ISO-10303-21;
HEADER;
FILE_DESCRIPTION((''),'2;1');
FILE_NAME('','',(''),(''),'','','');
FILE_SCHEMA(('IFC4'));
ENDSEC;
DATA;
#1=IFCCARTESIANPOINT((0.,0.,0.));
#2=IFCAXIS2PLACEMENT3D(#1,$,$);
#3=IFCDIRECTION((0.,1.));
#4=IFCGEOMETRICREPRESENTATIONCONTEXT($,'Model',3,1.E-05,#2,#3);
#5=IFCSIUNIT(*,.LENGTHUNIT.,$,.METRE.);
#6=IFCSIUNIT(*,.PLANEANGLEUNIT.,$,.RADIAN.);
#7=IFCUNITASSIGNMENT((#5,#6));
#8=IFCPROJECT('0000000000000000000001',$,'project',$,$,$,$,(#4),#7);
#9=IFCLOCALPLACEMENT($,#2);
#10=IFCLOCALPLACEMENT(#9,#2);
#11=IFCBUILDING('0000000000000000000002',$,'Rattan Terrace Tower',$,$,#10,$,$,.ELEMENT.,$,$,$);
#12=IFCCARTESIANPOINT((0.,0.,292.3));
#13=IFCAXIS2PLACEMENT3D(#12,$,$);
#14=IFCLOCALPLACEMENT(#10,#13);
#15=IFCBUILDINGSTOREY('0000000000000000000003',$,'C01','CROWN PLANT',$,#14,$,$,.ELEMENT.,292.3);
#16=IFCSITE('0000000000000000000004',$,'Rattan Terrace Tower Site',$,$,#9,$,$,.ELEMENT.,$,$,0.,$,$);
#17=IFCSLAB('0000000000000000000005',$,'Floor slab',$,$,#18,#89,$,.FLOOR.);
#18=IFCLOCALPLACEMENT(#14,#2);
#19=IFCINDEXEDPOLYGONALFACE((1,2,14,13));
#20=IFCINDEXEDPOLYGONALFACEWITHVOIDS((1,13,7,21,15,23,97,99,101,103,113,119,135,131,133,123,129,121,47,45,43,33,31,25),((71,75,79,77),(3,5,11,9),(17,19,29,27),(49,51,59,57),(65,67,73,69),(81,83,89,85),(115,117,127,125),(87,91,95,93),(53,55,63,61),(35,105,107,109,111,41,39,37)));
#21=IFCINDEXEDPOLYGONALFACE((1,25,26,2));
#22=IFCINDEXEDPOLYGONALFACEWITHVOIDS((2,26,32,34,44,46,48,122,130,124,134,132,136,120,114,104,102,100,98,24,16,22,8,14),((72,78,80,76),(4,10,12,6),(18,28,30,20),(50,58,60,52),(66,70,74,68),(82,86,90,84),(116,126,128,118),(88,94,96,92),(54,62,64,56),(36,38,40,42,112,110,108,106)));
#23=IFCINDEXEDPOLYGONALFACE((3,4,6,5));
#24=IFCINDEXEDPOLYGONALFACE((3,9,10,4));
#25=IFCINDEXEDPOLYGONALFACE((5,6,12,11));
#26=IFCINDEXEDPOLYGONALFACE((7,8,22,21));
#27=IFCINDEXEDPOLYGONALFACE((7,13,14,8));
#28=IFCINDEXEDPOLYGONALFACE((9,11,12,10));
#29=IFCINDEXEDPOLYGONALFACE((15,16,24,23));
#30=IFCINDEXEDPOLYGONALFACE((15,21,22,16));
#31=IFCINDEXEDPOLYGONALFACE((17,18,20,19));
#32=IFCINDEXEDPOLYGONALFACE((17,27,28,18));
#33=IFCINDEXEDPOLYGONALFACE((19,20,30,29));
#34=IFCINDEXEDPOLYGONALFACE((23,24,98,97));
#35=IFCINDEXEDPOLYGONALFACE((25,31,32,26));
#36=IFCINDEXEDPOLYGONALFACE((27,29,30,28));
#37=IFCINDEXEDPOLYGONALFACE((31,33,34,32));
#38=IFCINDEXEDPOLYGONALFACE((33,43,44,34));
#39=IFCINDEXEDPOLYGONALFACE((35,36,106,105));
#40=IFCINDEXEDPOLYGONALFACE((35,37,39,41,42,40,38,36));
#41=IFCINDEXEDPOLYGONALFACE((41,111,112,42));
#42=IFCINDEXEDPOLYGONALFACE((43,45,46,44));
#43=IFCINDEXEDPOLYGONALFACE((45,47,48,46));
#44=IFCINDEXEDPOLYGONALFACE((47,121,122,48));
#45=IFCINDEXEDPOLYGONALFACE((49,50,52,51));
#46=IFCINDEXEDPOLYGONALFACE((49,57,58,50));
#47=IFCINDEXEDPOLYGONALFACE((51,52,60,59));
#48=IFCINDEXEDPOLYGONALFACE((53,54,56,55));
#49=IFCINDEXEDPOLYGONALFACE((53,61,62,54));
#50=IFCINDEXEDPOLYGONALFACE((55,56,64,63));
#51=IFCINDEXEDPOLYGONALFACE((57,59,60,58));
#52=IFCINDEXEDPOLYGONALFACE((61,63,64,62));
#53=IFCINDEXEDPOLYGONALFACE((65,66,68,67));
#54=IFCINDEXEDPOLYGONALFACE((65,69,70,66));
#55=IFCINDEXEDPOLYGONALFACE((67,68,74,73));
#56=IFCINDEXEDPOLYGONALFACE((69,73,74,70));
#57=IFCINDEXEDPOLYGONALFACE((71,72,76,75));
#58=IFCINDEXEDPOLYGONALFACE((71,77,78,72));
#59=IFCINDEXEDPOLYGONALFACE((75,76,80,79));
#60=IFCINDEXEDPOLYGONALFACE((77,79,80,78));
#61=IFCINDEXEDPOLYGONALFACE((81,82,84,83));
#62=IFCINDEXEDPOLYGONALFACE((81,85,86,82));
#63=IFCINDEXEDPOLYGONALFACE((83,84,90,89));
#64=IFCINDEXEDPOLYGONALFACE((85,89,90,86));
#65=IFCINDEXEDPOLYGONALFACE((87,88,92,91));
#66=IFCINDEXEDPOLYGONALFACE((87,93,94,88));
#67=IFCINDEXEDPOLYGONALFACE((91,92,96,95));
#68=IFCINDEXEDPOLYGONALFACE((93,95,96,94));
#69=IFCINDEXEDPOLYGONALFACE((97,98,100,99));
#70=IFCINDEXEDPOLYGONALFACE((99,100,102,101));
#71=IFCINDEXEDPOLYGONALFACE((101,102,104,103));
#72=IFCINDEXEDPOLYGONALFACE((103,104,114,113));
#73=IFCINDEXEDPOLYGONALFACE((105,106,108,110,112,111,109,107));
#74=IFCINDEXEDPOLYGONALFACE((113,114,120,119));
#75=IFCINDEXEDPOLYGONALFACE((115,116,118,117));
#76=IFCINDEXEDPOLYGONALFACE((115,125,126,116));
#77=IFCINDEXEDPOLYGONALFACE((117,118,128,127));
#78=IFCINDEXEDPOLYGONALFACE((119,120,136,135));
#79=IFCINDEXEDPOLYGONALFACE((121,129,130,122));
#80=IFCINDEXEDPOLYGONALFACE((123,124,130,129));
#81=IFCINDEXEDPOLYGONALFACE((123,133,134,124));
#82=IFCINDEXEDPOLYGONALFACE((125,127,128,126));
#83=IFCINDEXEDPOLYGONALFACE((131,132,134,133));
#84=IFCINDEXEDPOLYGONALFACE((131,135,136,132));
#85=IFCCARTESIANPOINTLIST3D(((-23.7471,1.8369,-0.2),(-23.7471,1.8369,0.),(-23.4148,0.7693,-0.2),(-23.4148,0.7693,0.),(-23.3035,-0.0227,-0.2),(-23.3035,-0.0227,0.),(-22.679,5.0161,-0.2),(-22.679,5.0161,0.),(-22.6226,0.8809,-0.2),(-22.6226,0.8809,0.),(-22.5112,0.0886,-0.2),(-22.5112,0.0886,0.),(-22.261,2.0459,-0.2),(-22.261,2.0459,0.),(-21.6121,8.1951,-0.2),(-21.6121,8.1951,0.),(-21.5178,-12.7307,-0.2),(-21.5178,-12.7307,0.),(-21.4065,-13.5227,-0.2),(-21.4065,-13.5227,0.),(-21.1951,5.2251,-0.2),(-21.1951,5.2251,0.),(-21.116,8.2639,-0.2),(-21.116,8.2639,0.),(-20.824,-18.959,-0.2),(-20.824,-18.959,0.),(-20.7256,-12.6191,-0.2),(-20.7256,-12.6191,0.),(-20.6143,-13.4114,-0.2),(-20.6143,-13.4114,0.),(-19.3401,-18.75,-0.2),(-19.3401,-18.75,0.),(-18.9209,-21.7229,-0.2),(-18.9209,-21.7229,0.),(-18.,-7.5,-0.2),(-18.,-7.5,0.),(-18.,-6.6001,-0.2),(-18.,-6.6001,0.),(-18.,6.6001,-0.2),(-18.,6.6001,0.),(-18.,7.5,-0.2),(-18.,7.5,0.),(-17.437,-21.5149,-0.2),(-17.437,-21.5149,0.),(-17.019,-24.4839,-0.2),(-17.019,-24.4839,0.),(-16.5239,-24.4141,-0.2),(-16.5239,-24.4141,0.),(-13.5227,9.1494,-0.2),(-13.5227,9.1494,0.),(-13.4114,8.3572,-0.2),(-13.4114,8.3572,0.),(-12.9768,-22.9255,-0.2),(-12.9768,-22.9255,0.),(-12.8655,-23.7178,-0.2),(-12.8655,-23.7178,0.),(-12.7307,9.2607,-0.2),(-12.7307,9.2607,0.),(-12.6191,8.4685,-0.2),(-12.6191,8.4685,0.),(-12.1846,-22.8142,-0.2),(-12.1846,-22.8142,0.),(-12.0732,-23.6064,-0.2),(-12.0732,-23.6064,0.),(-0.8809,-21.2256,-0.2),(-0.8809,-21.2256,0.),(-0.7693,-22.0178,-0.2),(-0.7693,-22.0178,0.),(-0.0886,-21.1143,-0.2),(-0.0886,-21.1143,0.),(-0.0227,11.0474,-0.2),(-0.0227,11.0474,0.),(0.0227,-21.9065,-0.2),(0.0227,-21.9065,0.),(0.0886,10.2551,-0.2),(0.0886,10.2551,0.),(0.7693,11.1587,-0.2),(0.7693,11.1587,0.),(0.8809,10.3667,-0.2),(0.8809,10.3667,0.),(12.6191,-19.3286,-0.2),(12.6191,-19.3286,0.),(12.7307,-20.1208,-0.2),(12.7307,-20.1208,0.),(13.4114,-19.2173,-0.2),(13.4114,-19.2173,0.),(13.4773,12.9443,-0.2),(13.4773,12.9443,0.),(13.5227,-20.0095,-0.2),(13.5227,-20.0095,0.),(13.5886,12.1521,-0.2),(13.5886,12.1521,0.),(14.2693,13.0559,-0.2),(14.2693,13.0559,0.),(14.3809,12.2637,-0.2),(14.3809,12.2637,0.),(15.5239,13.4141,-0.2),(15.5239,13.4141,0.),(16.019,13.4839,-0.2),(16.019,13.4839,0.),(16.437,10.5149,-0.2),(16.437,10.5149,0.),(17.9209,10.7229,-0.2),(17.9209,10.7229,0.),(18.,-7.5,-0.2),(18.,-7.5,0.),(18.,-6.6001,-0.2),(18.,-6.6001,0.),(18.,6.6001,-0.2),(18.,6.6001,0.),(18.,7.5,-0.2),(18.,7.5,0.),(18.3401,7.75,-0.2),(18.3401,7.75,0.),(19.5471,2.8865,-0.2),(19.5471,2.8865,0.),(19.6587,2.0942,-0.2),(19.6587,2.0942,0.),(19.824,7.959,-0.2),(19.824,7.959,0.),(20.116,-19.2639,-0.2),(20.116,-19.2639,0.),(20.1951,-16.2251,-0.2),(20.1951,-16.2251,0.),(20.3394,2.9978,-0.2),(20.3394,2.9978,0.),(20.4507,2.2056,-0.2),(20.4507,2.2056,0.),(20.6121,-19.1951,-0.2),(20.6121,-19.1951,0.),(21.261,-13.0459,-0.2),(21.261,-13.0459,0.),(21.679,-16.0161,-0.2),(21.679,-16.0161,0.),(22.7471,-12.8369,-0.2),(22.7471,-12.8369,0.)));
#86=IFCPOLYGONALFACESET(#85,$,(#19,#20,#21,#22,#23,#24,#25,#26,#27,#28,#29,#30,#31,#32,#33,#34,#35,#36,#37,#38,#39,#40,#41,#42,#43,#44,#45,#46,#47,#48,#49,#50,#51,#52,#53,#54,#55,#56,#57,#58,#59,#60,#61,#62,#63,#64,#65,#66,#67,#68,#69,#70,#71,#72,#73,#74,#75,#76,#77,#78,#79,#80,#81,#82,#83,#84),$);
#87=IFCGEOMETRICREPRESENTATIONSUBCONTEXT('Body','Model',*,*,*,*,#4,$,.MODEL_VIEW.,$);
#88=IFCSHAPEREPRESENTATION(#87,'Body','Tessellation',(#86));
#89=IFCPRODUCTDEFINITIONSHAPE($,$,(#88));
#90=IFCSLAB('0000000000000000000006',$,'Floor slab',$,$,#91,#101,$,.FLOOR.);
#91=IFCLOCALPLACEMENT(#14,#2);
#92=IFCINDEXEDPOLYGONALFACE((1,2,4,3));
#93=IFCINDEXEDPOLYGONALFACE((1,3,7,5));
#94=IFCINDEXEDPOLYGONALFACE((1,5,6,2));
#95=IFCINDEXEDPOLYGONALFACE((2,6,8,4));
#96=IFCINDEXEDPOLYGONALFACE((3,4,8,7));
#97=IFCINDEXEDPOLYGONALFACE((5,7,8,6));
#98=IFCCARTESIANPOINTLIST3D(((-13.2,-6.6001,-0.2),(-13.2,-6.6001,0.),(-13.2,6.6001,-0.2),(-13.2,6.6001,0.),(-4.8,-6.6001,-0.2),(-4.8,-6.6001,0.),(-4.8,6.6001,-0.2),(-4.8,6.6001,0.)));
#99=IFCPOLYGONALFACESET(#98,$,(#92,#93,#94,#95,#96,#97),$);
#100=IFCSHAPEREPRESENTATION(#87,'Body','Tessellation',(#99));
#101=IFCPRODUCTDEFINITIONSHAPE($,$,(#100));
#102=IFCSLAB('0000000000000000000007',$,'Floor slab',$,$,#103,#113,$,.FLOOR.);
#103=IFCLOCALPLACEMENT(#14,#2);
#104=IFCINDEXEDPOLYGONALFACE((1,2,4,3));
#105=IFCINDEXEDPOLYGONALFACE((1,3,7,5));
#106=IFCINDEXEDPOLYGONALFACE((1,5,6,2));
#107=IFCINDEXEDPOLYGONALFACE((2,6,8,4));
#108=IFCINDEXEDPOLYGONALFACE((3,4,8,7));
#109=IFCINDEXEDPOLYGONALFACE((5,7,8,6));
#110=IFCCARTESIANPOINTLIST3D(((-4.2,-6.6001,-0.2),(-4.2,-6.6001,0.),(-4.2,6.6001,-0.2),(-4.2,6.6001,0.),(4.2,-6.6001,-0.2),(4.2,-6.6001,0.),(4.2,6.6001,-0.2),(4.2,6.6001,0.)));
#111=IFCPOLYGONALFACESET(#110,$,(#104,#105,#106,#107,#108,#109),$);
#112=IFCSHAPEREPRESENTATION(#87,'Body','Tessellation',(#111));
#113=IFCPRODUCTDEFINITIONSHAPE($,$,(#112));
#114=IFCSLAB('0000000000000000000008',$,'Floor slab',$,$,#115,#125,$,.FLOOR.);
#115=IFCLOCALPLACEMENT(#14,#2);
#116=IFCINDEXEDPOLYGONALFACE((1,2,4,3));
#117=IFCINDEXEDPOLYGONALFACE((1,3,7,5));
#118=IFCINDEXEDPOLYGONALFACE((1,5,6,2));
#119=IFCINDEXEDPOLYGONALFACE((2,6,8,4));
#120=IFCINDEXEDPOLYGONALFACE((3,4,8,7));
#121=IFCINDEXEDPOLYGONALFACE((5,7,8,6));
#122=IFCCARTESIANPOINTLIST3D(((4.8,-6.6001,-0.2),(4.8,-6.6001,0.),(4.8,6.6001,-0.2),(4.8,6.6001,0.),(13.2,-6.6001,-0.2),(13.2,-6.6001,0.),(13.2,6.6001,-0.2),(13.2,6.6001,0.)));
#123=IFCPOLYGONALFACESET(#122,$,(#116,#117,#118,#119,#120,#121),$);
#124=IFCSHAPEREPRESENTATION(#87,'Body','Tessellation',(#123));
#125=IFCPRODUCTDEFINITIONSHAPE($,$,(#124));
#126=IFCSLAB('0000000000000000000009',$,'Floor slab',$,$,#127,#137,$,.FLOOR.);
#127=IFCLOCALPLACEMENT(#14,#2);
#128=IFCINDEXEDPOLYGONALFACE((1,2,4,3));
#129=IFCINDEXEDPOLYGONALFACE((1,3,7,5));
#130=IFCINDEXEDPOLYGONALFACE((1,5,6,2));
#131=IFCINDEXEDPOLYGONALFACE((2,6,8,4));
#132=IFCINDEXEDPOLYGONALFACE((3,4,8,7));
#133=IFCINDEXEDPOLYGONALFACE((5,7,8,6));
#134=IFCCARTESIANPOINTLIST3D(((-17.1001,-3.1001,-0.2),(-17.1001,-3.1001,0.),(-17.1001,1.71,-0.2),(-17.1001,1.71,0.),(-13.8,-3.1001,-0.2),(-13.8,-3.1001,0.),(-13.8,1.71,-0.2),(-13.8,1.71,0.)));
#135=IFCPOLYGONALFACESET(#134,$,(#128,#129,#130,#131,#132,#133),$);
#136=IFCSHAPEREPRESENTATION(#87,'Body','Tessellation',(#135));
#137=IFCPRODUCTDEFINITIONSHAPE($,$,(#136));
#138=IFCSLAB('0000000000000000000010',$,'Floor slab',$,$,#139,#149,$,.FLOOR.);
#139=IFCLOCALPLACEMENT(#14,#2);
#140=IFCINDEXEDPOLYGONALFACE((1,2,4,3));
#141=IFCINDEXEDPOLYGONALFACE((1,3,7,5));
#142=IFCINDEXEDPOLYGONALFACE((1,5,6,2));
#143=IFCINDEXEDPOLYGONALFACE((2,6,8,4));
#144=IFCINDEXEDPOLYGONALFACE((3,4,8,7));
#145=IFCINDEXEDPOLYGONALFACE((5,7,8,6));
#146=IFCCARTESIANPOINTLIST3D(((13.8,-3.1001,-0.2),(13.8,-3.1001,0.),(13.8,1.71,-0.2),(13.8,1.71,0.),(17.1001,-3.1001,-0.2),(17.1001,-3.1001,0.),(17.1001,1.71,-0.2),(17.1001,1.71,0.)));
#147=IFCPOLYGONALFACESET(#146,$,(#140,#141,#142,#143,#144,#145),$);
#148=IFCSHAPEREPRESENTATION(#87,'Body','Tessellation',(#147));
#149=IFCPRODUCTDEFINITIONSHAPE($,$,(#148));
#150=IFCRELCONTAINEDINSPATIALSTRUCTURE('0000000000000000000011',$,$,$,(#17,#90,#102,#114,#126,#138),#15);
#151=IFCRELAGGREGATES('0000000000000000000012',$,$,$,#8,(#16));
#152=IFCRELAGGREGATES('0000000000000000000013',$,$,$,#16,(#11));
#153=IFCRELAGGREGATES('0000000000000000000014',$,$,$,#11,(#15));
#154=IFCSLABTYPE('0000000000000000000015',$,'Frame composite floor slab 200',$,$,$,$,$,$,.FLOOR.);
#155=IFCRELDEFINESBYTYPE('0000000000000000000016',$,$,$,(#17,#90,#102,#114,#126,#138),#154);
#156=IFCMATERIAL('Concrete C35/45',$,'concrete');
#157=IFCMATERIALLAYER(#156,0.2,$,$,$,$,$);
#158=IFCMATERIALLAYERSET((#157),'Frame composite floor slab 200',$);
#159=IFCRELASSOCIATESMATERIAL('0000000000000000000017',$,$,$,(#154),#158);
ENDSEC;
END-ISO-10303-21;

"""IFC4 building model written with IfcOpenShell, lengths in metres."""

from ifc_helpers import new_model, si_unit, direction, frame, origin, place, context, subcontext, project, spatial, polyline, outline, extrude, material, layer, layer_set, type_object, element, save


model = new_model("IFC4")

# Units and contexts
model_context = context("Model", 3, precision=1e-05, world=origin(), true_north=direction((0.0, 1.0)))
body_context = subcontext(model_context, "Body", "Model", "MODEL_VIEW")
ifc_project = project(units=[si_unit("LENGTHUNIT", "METRE"), si_unit("PLANEANGLEUNIT", "RADIAN")], contexts=[model_context])

# Site, building, storey
site_placement = place(None, origin())
site = spatial("IfcSite", under=ifc_project, at=site_placement, Name="Rattan Terrace Tower Site", CompositionType="ELEMENT", RefElevation=0.0)
building_placement = place(site_placement, origin())
building = spatial("IfcBuilding", under=site, at=building_placement, Name="Rattan Terrace Tower", CompositionType="ELEMENT")
storey_placement = place(building_placement, frame((0.0, 0.0, 292.3)))
storey = spatial("IfcBuildingStorey", under=building, at=storey_placement, Name="C01", Description="CROWN PLANT", CompositionType="ELEMENT", Elevation=292.3)

# Slabs
ifc_material_1 = material(Name="Concrete C35/45", Category="concrete")
ifc_layer_1 = layer(ifc_material_1, 0.2)
ifc_layer_set_1 = layer_set([ifc_layer_1], Name="Frame composite floor slab 200")
slab_type_1 = type_object("IfcSlabType", Name="Frame composite floor slab 200", PredefinedType="FLOOR", material=ifc_layer_set_1)
slab_1_placement = place(storey_placement, frame((0.0, 0.0, -0.2)))
element("IfcSlab", 1, at=slab_1_placement, inside=storey, type_object=slab_type_1, Name="Floor slab", PredefinedType="FLOOR", context=body_context, shape_type="SweptSolid", body=[
    extrude(outline(polyline([(-22.261, 2.0459), (-23.7471, 1.8369), (-20.824, -18.959), (-19.3401, -18.75), (-18.9209, -21.7229), (-17.437, -21.5149), (-17.019, -24.4839), (-16.5239, -24.4141), (20.116, -19.2639), (20.6121, -19.1951), (20.1951, -16.2251), (21.679, -16.0161), (21.261, -13.0459), (22.7471, -12.8369), (19.824, 7.959), (18.3401, 7.75), (17.9209, 10.7229), (16.437, 10.5149), (16.019, 13.4839), (15.5239, 13.4141), (-21.116, 8.2639), (-21.6121, 8.1951), (-21.1951, 5.2251), (-22.679, 5.0161), (-22.261, 2.0459)]), holes=[polyline([(-12.0732, -23.6064), (-12.1846, -22.8142), (-12.9768, -22.9255), (-12.8655, -23.7178), (-12.0732, -23.6064)]), polyline([(0.0227, -21.9065), (-0.0886, -21.1143), (-0.8809, -21.2256), (-0.7693, -22.0178), (0.0227, -21.9065)]), polyline([(-20.7256, -12.6191), (-21.5178, -12.7307), (-21.4065, -13.5227), (-20.6143, -13.4114), (-20.7256, -12.6191)]), polyline([(-18.0, -6.6001), (-18.0, -7.5), (18.0, -7.5), (18.0, -6.6001), (18.0, 6.6001), (18.0, 7.5), (-18.0, 7.5), (-18.0, 6.6001), (-18.0, -6.6001)]), polyline([(-22.5112, 0.0886), (-22.6226, 0.8809), (-23.4148, 0.7693), (-23.3035, -0.0227), (-22.5112, 0.0886)]), polyline([(-12.6191, 8.4685), (-12.7307, 9.2607), (-13.5227, 9.1494), (-13.4114, 8.3572), (-12.6191, 8.4685)]), polyline([(13.5227, -20.0095), (13.4114, -19.2173), (12.6191, -19.3286), (12.7307, -20.1208), (13.5227, -20.0095)]), polyline([(20.4507, 2.2056), (20.3394, 2.9978), (19.5471, 2.8865), (19.6587, 2.0942), (20.4507, 2.2056)]), polyline([(0.0886, 10.2551), (0.8809, 10.3667), (0.7693, 11.1587), (-0.0227, 11.0474), (0.0886, 10.2551)]), polyline([(13.5886, 12.1521), (14.3809, 12.2637), (14.2693, 13.0559), (13.4773, 12.9443), (13.5886, 12.1521)])]), origin(), (0.0, 0.0, 1.0), 0.2),
])
slab_2_placement = place(storey_placement, frame((0.0, 0.0, -0.2)))
element("IfcSlab", 2, at=slab_2_placement, inside=storey, type_object=slab_type_1, Name="Floor slab", PredefinedType="FLOOR", context=body_context, shape_type="SweptSolid", body=[
    extrude(outline(polyline([(-13.2, 6.6001), (-13.2, -6.6001), (-4.8, -6.6001), (-4.8, 6.6001), (-13.2, 6.6001)])), origin(), (0.0, 0.0, 1.0), 0.2),
])
slab_3_placement = place(storey_placement, frame((0.0, 0.0, -0.2)))
element("IfcSlab", 3, at=slab_3_placement, inside=storey, type_object=slab_type_1, Name="Floor slab", PredefinedType="FLOOR", context=body_context, shape_type="SweptSolid", body=[
    extrude(outline(polyline([(-4.2, 6.6001), (-4.2, -6.6001), (4.2, -6.6001), (4.2, 6.6001), (-4.2, 6.6001)])), origin(), (0.0, 0.0, 1.0), 0.2),
])
slab_4_placement = place(storey_placement, frame((0.0, 0.0, -0.2)))
element("IfcSlab", 4, at=slab_4_placement, inside=storey, type_object=slab_type_1, Name="Floor slab", PredefinedType="FLOOR", context=body_context, shape_type="SweptSolid", body=[
    extrude(outline(polyline([(4.8, -6.6001), (13.2, -6.6001), (13.2, 6.6001), (4.8, 6.6001), (4.8, -6.6001)])), origin(), (0.0, 0.0, 1.0), 0.2),
])
slab_5_placement = place(storey_placement, frame((0.0, 0.0, -0.2)))
element("IfcSlab", 5, at=slab_5_placement, inside=storey, type_object=slab_type_1, Name="Floor slab", PredefinedType="FLOOR", context=body_context, shape_type="SweptSolid", body=[
    extrude(outline(polyline([(-13.8, -3.1001), (-13.8, 1.71), (-17.1001, 1.71), (-17.1001, -3.1001), (-13.8, -3.1001)])), origin(), (0.0, 0.0, 1.0), 0.2),
])
slab_6_placement = place(storey_placement, frame((0.0, 0.0, -0.2)))
element("IfcSlab", 6, at=slab_6_placement, inside=storey, type_object=slab_type_1, Name="Floor slab", PredefinedType="FLOOR", context=body_context, shape_type="SweptSolid", body=[
    extrude(outline(polyline([(13.8, -3.1001), (17.1001, -3.1001), (17.1001, 1.71), (13.8, 1.71), (13.8, -3.1001)])), origin(), (0.0, 0.0, 1.0), 0.2),
])

save(model, "model.ifc")
